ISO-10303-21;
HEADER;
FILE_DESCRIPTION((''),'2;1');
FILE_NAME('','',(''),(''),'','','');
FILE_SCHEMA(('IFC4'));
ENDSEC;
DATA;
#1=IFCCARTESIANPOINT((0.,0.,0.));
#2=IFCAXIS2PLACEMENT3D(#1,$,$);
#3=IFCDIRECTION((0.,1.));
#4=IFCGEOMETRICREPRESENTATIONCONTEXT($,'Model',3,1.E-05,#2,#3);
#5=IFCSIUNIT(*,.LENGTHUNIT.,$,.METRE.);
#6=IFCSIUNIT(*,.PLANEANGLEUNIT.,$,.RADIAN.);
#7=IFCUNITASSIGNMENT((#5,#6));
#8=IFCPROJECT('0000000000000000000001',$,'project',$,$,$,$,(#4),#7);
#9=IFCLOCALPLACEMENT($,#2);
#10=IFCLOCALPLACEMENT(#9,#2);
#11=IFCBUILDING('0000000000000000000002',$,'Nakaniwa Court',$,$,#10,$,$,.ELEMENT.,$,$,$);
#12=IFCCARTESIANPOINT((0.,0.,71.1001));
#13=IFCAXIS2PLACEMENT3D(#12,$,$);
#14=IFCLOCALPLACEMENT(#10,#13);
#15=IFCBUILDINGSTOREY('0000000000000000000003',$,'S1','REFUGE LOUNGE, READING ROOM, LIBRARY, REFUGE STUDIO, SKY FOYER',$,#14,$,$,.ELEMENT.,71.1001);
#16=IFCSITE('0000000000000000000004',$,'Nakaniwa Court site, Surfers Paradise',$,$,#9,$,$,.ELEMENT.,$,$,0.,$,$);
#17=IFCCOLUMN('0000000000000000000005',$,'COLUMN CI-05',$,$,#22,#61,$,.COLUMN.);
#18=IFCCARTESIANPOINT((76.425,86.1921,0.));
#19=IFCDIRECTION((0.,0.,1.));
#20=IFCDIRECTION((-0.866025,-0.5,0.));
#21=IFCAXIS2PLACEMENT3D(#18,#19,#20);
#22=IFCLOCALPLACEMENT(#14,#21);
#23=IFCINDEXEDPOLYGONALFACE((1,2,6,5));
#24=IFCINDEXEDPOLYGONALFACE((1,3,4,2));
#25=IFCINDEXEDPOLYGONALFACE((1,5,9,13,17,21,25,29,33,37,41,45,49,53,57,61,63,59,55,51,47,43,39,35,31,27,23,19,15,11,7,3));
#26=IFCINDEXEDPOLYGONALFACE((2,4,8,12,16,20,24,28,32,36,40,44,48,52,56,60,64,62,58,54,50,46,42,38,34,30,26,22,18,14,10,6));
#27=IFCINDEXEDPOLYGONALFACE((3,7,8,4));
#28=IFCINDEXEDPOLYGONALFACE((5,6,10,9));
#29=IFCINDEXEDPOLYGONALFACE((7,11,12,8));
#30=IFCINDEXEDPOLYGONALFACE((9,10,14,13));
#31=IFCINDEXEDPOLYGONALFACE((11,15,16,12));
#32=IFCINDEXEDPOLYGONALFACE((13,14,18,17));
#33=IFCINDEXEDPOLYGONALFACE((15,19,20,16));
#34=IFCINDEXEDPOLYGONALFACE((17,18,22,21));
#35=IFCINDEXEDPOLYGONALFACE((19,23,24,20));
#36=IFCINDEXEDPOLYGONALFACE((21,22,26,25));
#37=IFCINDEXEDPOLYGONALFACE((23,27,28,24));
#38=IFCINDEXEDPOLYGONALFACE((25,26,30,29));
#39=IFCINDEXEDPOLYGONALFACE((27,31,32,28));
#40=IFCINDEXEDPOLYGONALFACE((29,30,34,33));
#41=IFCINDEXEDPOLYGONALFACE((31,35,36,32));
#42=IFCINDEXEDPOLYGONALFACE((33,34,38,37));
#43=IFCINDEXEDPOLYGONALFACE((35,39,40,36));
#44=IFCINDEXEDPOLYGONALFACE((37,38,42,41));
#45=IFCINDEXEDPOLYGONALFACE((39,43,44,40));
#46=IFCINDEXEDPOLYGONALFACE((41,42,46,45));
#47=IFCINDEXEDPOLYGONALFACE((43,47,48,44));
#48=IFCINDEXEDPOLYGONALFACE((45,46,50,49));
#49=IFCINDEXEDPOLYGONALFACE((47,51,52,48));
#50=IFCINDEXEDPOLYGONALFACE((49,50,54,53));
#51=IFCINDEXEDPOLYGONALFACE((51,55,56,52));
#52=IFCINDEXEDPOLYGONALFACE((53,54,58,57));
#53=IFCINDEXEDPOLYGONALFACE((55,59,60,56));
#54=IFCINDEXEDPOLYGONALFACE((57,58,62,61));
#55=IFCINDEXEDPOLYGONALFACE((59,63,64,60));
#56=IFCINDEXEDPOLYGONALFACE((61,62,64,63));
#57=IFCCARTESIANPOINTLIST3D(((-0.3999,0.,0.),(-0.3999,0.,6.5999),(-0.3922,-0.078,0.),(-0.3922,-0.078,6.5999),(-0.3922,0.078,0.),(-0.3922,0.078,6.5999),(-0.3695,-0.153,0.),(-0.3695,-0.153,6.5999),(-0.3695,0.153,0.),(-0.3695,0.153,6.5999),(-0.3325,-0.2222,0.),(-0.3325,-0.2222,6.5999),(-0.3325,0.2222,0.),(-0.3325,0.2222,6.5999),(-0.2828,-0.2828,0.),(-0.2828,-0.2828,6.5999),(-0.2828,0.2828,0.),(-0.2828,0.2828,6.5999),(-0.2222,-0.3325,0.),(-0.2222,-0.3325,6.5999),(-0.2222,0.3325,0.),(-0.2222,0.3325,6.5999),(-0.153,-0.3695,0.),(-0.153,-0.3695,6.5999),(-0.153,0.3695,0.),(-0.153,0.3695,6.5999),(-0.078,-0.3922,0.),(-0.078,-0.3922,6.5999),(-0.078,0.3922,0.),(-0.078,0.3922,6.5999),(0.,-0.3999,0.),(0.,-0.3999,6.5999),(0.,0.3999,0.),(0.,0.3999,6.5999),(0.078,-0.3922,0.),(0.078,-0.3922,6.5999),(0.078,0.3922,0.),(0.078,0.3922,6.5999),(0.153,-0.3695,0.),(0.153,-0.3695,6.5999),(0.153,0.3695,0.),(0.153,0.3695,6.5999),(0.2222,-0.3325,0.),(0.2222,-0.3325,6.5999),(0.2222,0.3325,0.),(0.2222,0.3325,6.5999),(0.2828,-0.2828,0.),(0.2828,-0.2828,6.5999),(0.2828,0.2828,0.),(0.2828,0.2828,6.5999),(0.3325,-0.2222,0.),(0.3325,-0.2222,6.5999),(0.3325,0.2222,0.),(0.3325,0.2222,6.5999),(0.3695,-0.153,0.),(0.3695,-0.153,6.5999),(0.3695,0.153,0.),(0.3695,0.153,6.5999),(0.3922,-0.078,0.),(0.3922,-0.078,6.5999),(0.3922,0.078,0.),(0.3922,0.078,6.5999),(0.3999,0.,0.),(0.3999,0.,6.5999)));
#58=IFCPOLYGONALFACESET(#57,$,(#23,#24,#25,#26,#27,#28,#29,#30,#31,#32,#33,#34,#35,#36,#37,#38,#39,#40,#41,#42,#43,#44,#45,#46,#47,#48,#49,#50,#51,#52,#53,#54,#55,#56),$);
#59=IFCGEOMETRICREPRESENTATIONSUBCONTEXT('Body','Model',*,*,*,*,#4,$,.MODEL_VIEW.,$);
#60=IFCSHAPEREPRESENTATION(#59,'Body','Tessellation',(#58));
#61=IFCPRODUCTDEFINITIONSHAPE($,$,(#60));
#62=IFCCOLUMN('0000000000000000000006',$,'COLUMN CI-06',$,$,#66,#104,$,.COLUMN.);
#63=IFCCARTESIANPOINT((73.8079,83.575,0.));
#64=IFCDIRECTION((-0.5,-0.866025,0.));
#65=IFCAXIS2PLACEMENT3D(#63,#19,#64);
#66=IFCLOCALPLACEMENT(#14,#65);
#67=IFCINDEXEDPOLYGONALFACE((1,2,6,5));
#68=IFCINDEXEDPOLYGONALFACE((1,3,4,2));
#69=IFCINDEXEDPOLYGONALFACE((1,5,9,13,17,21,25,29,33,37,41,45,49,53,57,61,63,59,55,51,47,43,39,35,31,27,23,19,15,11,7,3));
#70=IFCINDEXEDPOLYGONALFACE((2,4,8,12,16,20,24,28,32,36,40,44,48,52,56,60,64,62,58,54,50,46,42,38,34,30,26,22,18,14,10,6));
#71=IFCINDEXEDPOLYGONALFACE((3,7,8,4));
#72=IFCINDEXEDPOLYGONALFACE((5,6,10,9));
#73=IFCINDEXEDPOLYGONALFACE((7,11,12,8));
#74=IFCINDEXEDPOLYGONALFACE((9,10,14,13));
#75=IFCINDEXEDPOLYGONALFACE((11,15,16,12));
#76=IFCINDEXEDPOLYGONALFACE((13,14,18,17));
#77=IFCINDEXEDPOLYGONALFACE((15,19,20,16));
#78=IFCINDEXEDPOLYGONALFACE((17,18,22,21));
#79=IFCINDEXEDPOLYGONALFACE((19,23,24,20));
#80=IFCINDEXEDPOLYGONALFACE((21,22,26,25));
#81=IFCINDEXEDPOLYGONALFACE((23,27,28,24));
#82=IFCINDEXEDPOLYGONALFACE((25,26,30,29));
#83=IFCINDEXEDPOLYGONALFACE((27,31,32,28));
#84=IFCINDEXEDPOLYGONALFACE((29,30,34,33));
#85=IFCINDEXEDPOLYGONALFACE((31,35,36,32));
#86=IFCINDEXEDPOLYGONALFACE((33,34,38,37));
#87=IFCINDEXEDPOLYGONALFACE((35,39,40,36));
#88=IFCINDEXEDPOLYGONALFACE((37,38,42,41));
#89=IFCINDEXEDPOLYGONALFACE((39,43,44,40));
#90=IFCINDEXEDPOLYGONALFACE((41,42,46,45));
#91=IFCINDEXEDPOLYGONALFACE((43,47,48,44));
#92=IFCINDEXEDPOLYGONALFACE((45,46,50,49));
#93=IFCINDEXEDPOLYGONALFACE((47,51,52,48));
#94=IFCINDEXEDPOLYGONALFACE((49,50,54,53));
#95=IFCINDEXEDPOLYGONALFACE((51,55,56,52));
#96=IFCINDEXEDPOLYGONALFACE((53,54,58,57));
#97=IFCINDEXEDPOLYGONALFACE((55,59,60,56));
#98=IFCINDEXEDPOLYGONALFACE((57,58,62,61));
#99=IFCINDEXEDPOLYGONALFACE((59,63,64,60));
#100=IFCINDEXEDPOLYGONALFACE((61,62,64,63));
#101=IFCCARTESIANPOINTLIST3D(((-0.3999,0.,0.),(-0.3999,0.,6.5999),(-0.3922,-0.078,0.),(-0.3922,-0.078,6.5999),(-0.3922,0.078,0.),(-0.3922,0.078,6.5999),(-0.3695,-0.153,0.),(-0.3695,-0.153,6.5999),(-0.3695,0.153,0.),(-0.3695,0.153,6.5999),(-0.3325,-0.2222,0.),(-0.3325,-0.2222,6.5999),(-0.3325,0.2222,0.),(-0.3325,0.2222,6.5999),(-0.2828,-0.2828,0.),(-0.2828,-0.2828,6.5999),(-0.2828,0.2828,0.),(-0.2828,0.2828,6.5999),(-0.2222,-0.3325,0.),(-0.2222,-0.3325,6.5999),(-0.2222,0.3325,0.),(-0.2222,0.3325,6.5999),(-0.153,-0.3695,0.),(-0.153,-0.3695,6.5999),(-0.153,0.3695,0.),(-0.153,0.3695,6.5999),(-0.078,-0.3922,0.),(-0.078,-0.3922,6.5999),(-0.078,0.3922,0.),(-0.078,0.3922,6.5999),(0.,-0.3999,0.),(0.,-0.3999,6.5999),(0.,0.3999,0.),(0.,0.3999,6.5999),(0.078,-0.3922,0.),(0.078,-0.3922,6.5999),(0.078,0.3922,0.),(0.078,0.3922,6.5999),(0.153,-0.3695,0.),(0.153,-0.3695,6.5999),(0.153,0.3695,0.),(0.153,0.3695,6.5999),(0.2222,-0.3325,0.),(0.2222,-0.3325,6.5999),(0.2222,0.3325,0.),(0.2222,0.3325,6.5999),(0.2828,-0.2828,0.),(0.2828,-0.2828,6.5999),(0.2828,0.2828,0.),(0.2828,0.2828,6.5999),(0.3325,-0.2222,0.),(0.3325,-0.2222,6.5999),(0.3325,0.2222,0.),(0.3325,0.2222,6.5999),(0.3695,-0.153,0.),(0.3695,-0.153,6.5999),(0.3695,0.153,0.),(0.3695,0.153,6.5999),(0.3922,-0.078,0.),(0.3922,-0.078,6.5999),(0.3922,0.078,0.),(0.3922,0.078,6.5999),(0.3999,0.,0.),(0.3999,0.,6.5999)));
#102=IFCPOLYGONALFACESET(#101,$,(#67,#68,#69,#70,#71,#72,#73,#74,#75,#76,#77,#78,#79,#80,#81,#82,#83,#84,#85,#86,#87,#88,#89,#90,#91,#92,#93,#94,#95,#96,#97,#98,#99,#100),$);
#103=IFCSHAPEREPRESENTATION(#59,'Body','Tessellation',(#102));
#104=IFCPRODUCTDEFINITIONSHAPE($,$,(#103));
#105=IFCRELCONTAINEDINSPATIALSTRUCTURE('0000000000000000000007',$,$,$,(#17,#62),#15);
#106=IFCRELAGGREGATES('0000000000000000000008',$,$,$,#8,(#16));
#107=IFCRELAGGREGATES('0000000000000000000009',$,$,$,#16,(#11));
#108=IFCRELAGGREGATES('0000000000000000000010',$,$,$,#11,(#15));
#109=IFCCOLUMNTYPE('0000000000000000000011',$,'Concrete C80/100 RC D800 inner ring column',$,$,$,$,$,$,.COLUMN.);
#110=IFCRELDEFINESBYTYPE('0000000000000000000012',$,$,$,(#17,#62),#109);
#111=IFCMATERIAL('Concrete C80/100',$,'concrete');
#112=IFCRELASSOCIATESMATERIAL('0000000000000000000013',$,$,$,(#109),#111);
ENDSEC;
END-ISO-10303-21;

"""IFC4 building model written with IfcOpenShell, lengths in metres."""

from ifc_helpers import new_model, si_unit, direction, frame, origin, origin_2d, place, context, subcontext, project, spatial, circle, extrude, material, material_profile, profile_set, type_object, element, save


model = new_model("IFC4")

# Units and contexts
model_context = context("Model", 3, precision=1e-05, world=origin(), true_north=direction((0.0, 1.0)))
body_context = subcontext(model_context, "Body", "Model", "MODEL_VIEW")
ifc_project = project(units=[si_unit("LENGTHUNIT", "METRE"), si_unit("PLANEANGLEUNIT", "RADIAN")], contexts=[model_context])

# Site, building, storey
site_placement = place(None, origin())
site = spatial("IfcSite", under=ifc_project, at=site_placement, Name="Nakaniwa Court site, Surfers Paradise", CompositionType="ELEMENT", RefElevation=0.0)
building_placement = place(site_placement, origin())
building = spatial("IfcBuilding", under=site, at=building_placement, Name="Nakaniwa Court", CompositionType="ELEMENT")
storey_placement = place(building_placement, frame((0.0, 0.0, 71.1001)))
storey = spatial("IfcBuildingStorey", under=building, at=storey_placement, Name="S1", Description="REFUGE LOUNGE, READING ROOM, LIBRARY, REFUGE STUDIO, SKY FOYER", CompositionType="ELEMENT", Elevation=71.1001)

# Columns
ifc_material_1 = material(Name="Concrete C80/100", Category="concrete")
ifc_material_profile_1 = material_profile(ifc_material_1, circle(Radius=0.3999, at=origin_2d()), Name="Concrete C80/100 RC D800 inner ring column")
ifc_profile_set_1 = profile_set([ifc_material_profile_1], Name="Concrete C80/100")
column_type = type_object("IfcColumnType", Name="Concrete C80/100 RC D800 inner ring column", PredefinedType="COLUMN", material=ifc_profile_set_1)
for number, where, z_axis, x_axis, name in (
    (1, (76.425, 86.1921, 0.0), (0.0, 0.0, 1.0), (-0.866025, -0.5, 0.0), "COLUMN CI-05"),
    (2, (73.8079, 83.575, 0.0), (0.0, 0.0, 1.0), (-0.5, -0.866025, 0.0), "COLUMN CI-06"),
):
    element("IfcColumn", number, at=place(storey_placement, frame(where, z_axis=z_axis, x_axis=x_axis)), inside=storey, type_object=column_type, Name=name, PredefinedType="COLUMN", context=body_context, shape_type="SweptSolid", body=[
        extrude(circle(Radius=0.3999, at=origin_2d()), origin(), (0.0, 0.0, 1.0), 6.5999),
    ])

save(model, "model.ifc")
